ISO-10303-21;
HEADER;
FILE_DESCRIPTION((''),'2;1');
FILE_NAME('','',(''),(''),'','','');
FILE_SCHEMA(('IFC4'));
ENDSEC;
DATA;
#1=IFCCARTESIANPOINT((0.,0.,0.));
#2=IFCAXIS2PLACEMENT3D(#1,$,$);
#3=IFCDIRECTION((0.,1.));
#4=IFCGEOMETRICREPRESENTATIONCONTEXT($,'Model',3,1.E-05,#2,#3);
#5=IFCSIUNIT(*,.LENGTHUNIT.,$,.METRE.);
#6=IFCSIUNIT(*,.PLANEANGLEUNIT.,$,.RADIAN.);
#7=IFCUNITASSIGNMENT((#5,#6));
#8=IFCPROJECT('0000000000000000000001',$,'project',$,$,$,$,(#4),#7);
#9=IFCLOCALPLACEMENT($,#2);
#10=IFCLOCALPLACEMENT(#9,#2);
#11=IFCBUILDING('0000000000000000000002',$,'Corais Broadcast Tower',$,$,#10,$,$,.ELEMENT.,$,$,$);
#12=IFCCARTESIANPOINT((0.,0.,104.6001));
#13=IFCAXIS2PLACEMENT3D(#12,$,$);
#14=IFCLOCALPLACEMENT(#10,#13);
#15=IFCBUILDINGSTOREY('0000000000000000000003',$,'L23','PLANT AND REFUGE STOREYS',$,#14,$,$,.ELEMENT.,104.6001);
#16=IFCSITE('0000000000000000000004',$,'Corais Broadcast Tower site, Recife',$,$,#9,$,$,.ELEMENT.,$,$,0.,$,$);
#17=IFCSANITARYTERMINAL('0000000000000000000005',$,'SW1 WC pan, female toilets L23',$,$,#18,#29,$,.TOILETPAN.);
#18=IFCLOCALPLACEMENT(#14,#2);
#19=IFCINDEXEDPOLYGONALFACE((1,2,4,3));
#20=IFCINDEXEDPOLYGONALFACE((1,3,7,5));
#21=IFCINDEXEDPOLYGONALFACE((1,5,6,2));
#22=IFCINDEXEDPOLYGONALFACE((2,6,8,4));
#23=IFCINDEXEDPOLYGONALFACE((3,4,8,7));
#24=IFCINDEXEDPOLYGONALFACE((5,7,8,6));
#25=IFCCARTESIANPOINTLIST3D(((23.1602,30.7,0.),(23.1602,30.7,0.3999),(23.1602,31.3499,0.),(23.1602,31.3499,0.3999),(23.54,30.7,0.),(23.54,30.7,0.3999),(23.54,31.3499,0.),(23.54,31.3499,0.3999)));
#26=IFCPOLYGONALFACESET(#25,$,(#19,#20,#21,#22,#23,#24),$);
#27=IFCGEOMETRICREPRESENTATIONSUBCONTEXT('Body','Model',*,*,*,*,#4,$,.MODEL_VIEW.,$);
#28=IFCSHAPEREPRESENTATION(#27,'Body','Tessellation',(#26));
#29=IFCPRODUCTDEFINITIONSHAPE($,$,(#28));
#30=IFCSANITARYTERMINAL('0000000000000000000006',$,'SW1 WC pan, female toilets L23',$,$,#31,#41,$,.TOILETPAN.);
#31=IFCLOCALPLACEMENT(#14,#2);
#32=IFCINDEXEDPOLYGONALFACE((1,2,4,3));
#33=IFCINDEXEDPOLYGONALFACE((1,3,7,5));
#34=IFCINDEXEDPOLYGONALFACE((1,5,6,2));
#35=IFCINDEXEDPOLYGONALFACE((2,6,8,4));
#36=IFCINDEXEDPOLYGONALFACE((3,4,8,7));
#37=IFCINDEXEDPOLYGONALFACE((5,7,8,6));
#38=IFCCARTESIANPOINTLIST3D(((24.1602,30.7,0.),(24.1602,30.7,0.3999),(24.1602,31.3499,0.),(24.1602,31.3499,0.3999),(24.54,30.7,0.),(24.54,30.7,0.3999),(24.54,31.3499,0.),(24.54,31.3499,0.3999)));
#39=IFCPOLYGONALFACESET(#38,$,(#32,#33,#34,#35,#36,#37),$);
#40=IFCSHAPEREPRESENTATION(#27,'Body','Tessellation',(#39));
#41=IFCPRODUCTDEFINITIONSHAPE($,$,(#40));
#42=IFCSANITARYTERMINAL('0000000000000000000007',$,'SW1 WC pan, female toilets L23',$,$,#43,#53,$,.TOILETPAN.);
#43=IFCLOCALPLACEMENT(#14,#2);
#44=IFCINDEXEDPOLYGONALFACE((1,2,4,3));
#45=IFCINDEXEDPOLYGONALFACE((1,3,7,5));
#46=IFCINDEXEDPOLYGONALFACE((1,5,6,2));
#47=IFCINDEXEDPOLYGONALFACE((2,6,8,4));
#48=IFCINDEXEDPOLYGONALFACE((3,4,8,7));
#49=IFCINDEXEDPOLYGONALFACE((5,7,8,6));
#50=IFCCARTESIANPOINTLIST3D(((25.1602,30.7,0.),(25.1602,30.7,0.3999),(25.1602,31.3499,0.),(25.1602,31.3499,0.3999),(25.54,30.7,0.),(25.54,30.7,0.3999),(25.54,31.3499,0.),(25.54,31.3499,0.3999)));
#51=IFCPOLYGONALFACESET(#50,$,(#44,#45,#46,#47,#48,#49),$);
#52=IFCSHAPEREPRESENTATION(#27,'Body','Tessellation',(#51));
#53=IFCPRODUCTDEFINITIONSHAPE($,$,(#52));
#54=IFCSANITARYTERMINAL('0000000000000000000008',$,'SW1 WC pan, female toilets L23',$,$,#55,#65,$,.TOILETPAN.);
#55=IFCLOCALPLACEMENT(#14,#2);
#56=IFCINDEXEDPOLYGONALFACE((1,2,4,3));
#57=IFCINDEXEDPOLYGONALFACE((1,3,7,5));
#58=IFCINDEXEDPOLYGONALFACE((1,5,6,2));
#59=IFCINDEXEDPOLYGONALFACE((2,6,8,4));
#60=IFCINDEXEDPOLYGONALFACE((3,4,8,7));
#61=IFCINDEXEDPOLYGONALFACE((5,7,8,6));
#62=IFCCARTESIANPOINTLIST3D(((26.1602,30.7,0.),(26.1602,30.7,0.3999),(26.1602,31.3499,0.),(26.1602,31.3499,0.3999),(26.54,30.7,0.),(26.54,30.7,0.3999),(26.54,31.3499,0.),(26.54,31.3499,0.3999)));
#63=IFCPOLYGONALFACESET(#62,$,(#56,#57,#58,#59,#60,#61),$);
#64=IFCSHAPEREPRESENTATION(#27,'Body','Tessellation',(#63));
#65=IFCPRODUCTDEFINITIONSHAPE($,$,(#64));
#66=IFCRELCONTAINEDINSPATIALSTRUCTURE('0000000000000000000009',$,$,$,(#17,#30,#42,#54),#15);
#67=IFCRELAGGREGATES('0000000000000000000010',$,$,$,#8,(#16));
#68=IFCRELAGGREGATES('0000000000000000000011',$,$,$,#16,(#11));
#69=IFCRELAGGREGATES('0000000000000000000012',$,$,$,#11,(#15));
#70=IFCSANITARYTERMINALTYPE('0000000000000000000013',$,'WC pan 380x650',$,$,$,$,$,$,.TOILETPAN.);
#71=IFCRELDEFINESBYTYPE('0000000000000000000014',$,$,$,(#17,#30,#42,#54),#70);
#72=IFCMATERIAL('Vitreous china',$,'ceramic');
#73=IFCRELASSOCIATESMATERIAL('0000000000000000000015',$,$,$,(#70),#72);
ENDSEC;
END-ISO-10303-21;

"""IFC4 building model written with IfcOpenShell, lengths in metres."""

from ifc_helpers import new_model, si_unit, direction, frame, origin, origin_2d, place, context, subcontext, project, spatial, rectangle, extrude, material, type_object, element, save


model = new_model("IFC4")

# Units and contexts
model_context = context("Model", 3, precision=1e-05, world=origin(), true_north=direction((0.0, 1.0)))
body_context = subcontext(model_context, "Body", "Model", "MODEL_VIEW")
ifc_project = project(units=[si_unit("LENGTHUNIT", "METRE"), si_unit("PLANEANGLEUNIT", "RADIAN")], contexts=[model_context])

# Site, building, storey
site_placement = place(None, origin())
site = spatial("IfcSite", under=ifc_project, at=site_placement, Name="Corais Broadcast Tower site, Recife", CompositionType="ELEMENT", RefElevation=0.0)
building_placement = place(site_placement, origin())
building = spatial("IfcBuilding", under=site, at=building_placement, Name="Corais Broadcast Tower", CompositionType="ELEMENT")
storey_placement = place(building_placement, frame((0.0, 0.0, 104.6001)))
storey = spatial("IfcBuildingStorey", under=building, at=storey_placement, Name="L23", Description="PLANT AND REFUGE STOREYS", CompositionType="ELEMENT", Elevation=104.6001)

# Sanitary terminals
ifc_material_1 = material(Name="Vitreous china", Category="ceramic")
sanitary_terminal_type = type_object("IfcSanitaryTerminalType", Name="WC pan 380x650", PredefinedType="TOILETPAN", material=ifc_material_1)
for number, where, z_axis, x_axis, name in (
    (1, (23.3501, 31.0249, 0.0), (0.0, 0.0, 1.0), (1.0, 0.0, 0.0), "SW1 WC pan, female toilets L23"),
    (2, (24.3501, 31.0249, 0.0), (0.0, 0.0, 1.0), (1.0, 0.0, 0.0), "SW1 WC pan, female toilets L23"),
    (3, (25.3501, 31.0249, 0.0), (0.0, 0.0, 1.0), (1.0, 0.0, 0.0), "SW1 WC pan, female toilets L23"),
    (4, (26.3501, 31.0249, 0.0), (0.0, 0.0, 1.0), (1.0, 0.0, 0.0), "SW1 WC pan, female toilets L23"),
):
    element("IfcSanitaryTerminal", number, at=place(storey_placement, frame(where, z_axis=z_axis, x_axis=x_axis)), inside=storey, type_object=sanitary_terminal_type, Name=name, PredefinedType="TOILETPAN", context=body_context, shape_type="SweptSolid", body=[
        extrude(rectangle(XDim=0.3799, YDim=0.6499, at=origin_2d()), origin(), (0.0, 0.0, 1.0), 0.3999),
    ])

save(model, "model.ifc")
